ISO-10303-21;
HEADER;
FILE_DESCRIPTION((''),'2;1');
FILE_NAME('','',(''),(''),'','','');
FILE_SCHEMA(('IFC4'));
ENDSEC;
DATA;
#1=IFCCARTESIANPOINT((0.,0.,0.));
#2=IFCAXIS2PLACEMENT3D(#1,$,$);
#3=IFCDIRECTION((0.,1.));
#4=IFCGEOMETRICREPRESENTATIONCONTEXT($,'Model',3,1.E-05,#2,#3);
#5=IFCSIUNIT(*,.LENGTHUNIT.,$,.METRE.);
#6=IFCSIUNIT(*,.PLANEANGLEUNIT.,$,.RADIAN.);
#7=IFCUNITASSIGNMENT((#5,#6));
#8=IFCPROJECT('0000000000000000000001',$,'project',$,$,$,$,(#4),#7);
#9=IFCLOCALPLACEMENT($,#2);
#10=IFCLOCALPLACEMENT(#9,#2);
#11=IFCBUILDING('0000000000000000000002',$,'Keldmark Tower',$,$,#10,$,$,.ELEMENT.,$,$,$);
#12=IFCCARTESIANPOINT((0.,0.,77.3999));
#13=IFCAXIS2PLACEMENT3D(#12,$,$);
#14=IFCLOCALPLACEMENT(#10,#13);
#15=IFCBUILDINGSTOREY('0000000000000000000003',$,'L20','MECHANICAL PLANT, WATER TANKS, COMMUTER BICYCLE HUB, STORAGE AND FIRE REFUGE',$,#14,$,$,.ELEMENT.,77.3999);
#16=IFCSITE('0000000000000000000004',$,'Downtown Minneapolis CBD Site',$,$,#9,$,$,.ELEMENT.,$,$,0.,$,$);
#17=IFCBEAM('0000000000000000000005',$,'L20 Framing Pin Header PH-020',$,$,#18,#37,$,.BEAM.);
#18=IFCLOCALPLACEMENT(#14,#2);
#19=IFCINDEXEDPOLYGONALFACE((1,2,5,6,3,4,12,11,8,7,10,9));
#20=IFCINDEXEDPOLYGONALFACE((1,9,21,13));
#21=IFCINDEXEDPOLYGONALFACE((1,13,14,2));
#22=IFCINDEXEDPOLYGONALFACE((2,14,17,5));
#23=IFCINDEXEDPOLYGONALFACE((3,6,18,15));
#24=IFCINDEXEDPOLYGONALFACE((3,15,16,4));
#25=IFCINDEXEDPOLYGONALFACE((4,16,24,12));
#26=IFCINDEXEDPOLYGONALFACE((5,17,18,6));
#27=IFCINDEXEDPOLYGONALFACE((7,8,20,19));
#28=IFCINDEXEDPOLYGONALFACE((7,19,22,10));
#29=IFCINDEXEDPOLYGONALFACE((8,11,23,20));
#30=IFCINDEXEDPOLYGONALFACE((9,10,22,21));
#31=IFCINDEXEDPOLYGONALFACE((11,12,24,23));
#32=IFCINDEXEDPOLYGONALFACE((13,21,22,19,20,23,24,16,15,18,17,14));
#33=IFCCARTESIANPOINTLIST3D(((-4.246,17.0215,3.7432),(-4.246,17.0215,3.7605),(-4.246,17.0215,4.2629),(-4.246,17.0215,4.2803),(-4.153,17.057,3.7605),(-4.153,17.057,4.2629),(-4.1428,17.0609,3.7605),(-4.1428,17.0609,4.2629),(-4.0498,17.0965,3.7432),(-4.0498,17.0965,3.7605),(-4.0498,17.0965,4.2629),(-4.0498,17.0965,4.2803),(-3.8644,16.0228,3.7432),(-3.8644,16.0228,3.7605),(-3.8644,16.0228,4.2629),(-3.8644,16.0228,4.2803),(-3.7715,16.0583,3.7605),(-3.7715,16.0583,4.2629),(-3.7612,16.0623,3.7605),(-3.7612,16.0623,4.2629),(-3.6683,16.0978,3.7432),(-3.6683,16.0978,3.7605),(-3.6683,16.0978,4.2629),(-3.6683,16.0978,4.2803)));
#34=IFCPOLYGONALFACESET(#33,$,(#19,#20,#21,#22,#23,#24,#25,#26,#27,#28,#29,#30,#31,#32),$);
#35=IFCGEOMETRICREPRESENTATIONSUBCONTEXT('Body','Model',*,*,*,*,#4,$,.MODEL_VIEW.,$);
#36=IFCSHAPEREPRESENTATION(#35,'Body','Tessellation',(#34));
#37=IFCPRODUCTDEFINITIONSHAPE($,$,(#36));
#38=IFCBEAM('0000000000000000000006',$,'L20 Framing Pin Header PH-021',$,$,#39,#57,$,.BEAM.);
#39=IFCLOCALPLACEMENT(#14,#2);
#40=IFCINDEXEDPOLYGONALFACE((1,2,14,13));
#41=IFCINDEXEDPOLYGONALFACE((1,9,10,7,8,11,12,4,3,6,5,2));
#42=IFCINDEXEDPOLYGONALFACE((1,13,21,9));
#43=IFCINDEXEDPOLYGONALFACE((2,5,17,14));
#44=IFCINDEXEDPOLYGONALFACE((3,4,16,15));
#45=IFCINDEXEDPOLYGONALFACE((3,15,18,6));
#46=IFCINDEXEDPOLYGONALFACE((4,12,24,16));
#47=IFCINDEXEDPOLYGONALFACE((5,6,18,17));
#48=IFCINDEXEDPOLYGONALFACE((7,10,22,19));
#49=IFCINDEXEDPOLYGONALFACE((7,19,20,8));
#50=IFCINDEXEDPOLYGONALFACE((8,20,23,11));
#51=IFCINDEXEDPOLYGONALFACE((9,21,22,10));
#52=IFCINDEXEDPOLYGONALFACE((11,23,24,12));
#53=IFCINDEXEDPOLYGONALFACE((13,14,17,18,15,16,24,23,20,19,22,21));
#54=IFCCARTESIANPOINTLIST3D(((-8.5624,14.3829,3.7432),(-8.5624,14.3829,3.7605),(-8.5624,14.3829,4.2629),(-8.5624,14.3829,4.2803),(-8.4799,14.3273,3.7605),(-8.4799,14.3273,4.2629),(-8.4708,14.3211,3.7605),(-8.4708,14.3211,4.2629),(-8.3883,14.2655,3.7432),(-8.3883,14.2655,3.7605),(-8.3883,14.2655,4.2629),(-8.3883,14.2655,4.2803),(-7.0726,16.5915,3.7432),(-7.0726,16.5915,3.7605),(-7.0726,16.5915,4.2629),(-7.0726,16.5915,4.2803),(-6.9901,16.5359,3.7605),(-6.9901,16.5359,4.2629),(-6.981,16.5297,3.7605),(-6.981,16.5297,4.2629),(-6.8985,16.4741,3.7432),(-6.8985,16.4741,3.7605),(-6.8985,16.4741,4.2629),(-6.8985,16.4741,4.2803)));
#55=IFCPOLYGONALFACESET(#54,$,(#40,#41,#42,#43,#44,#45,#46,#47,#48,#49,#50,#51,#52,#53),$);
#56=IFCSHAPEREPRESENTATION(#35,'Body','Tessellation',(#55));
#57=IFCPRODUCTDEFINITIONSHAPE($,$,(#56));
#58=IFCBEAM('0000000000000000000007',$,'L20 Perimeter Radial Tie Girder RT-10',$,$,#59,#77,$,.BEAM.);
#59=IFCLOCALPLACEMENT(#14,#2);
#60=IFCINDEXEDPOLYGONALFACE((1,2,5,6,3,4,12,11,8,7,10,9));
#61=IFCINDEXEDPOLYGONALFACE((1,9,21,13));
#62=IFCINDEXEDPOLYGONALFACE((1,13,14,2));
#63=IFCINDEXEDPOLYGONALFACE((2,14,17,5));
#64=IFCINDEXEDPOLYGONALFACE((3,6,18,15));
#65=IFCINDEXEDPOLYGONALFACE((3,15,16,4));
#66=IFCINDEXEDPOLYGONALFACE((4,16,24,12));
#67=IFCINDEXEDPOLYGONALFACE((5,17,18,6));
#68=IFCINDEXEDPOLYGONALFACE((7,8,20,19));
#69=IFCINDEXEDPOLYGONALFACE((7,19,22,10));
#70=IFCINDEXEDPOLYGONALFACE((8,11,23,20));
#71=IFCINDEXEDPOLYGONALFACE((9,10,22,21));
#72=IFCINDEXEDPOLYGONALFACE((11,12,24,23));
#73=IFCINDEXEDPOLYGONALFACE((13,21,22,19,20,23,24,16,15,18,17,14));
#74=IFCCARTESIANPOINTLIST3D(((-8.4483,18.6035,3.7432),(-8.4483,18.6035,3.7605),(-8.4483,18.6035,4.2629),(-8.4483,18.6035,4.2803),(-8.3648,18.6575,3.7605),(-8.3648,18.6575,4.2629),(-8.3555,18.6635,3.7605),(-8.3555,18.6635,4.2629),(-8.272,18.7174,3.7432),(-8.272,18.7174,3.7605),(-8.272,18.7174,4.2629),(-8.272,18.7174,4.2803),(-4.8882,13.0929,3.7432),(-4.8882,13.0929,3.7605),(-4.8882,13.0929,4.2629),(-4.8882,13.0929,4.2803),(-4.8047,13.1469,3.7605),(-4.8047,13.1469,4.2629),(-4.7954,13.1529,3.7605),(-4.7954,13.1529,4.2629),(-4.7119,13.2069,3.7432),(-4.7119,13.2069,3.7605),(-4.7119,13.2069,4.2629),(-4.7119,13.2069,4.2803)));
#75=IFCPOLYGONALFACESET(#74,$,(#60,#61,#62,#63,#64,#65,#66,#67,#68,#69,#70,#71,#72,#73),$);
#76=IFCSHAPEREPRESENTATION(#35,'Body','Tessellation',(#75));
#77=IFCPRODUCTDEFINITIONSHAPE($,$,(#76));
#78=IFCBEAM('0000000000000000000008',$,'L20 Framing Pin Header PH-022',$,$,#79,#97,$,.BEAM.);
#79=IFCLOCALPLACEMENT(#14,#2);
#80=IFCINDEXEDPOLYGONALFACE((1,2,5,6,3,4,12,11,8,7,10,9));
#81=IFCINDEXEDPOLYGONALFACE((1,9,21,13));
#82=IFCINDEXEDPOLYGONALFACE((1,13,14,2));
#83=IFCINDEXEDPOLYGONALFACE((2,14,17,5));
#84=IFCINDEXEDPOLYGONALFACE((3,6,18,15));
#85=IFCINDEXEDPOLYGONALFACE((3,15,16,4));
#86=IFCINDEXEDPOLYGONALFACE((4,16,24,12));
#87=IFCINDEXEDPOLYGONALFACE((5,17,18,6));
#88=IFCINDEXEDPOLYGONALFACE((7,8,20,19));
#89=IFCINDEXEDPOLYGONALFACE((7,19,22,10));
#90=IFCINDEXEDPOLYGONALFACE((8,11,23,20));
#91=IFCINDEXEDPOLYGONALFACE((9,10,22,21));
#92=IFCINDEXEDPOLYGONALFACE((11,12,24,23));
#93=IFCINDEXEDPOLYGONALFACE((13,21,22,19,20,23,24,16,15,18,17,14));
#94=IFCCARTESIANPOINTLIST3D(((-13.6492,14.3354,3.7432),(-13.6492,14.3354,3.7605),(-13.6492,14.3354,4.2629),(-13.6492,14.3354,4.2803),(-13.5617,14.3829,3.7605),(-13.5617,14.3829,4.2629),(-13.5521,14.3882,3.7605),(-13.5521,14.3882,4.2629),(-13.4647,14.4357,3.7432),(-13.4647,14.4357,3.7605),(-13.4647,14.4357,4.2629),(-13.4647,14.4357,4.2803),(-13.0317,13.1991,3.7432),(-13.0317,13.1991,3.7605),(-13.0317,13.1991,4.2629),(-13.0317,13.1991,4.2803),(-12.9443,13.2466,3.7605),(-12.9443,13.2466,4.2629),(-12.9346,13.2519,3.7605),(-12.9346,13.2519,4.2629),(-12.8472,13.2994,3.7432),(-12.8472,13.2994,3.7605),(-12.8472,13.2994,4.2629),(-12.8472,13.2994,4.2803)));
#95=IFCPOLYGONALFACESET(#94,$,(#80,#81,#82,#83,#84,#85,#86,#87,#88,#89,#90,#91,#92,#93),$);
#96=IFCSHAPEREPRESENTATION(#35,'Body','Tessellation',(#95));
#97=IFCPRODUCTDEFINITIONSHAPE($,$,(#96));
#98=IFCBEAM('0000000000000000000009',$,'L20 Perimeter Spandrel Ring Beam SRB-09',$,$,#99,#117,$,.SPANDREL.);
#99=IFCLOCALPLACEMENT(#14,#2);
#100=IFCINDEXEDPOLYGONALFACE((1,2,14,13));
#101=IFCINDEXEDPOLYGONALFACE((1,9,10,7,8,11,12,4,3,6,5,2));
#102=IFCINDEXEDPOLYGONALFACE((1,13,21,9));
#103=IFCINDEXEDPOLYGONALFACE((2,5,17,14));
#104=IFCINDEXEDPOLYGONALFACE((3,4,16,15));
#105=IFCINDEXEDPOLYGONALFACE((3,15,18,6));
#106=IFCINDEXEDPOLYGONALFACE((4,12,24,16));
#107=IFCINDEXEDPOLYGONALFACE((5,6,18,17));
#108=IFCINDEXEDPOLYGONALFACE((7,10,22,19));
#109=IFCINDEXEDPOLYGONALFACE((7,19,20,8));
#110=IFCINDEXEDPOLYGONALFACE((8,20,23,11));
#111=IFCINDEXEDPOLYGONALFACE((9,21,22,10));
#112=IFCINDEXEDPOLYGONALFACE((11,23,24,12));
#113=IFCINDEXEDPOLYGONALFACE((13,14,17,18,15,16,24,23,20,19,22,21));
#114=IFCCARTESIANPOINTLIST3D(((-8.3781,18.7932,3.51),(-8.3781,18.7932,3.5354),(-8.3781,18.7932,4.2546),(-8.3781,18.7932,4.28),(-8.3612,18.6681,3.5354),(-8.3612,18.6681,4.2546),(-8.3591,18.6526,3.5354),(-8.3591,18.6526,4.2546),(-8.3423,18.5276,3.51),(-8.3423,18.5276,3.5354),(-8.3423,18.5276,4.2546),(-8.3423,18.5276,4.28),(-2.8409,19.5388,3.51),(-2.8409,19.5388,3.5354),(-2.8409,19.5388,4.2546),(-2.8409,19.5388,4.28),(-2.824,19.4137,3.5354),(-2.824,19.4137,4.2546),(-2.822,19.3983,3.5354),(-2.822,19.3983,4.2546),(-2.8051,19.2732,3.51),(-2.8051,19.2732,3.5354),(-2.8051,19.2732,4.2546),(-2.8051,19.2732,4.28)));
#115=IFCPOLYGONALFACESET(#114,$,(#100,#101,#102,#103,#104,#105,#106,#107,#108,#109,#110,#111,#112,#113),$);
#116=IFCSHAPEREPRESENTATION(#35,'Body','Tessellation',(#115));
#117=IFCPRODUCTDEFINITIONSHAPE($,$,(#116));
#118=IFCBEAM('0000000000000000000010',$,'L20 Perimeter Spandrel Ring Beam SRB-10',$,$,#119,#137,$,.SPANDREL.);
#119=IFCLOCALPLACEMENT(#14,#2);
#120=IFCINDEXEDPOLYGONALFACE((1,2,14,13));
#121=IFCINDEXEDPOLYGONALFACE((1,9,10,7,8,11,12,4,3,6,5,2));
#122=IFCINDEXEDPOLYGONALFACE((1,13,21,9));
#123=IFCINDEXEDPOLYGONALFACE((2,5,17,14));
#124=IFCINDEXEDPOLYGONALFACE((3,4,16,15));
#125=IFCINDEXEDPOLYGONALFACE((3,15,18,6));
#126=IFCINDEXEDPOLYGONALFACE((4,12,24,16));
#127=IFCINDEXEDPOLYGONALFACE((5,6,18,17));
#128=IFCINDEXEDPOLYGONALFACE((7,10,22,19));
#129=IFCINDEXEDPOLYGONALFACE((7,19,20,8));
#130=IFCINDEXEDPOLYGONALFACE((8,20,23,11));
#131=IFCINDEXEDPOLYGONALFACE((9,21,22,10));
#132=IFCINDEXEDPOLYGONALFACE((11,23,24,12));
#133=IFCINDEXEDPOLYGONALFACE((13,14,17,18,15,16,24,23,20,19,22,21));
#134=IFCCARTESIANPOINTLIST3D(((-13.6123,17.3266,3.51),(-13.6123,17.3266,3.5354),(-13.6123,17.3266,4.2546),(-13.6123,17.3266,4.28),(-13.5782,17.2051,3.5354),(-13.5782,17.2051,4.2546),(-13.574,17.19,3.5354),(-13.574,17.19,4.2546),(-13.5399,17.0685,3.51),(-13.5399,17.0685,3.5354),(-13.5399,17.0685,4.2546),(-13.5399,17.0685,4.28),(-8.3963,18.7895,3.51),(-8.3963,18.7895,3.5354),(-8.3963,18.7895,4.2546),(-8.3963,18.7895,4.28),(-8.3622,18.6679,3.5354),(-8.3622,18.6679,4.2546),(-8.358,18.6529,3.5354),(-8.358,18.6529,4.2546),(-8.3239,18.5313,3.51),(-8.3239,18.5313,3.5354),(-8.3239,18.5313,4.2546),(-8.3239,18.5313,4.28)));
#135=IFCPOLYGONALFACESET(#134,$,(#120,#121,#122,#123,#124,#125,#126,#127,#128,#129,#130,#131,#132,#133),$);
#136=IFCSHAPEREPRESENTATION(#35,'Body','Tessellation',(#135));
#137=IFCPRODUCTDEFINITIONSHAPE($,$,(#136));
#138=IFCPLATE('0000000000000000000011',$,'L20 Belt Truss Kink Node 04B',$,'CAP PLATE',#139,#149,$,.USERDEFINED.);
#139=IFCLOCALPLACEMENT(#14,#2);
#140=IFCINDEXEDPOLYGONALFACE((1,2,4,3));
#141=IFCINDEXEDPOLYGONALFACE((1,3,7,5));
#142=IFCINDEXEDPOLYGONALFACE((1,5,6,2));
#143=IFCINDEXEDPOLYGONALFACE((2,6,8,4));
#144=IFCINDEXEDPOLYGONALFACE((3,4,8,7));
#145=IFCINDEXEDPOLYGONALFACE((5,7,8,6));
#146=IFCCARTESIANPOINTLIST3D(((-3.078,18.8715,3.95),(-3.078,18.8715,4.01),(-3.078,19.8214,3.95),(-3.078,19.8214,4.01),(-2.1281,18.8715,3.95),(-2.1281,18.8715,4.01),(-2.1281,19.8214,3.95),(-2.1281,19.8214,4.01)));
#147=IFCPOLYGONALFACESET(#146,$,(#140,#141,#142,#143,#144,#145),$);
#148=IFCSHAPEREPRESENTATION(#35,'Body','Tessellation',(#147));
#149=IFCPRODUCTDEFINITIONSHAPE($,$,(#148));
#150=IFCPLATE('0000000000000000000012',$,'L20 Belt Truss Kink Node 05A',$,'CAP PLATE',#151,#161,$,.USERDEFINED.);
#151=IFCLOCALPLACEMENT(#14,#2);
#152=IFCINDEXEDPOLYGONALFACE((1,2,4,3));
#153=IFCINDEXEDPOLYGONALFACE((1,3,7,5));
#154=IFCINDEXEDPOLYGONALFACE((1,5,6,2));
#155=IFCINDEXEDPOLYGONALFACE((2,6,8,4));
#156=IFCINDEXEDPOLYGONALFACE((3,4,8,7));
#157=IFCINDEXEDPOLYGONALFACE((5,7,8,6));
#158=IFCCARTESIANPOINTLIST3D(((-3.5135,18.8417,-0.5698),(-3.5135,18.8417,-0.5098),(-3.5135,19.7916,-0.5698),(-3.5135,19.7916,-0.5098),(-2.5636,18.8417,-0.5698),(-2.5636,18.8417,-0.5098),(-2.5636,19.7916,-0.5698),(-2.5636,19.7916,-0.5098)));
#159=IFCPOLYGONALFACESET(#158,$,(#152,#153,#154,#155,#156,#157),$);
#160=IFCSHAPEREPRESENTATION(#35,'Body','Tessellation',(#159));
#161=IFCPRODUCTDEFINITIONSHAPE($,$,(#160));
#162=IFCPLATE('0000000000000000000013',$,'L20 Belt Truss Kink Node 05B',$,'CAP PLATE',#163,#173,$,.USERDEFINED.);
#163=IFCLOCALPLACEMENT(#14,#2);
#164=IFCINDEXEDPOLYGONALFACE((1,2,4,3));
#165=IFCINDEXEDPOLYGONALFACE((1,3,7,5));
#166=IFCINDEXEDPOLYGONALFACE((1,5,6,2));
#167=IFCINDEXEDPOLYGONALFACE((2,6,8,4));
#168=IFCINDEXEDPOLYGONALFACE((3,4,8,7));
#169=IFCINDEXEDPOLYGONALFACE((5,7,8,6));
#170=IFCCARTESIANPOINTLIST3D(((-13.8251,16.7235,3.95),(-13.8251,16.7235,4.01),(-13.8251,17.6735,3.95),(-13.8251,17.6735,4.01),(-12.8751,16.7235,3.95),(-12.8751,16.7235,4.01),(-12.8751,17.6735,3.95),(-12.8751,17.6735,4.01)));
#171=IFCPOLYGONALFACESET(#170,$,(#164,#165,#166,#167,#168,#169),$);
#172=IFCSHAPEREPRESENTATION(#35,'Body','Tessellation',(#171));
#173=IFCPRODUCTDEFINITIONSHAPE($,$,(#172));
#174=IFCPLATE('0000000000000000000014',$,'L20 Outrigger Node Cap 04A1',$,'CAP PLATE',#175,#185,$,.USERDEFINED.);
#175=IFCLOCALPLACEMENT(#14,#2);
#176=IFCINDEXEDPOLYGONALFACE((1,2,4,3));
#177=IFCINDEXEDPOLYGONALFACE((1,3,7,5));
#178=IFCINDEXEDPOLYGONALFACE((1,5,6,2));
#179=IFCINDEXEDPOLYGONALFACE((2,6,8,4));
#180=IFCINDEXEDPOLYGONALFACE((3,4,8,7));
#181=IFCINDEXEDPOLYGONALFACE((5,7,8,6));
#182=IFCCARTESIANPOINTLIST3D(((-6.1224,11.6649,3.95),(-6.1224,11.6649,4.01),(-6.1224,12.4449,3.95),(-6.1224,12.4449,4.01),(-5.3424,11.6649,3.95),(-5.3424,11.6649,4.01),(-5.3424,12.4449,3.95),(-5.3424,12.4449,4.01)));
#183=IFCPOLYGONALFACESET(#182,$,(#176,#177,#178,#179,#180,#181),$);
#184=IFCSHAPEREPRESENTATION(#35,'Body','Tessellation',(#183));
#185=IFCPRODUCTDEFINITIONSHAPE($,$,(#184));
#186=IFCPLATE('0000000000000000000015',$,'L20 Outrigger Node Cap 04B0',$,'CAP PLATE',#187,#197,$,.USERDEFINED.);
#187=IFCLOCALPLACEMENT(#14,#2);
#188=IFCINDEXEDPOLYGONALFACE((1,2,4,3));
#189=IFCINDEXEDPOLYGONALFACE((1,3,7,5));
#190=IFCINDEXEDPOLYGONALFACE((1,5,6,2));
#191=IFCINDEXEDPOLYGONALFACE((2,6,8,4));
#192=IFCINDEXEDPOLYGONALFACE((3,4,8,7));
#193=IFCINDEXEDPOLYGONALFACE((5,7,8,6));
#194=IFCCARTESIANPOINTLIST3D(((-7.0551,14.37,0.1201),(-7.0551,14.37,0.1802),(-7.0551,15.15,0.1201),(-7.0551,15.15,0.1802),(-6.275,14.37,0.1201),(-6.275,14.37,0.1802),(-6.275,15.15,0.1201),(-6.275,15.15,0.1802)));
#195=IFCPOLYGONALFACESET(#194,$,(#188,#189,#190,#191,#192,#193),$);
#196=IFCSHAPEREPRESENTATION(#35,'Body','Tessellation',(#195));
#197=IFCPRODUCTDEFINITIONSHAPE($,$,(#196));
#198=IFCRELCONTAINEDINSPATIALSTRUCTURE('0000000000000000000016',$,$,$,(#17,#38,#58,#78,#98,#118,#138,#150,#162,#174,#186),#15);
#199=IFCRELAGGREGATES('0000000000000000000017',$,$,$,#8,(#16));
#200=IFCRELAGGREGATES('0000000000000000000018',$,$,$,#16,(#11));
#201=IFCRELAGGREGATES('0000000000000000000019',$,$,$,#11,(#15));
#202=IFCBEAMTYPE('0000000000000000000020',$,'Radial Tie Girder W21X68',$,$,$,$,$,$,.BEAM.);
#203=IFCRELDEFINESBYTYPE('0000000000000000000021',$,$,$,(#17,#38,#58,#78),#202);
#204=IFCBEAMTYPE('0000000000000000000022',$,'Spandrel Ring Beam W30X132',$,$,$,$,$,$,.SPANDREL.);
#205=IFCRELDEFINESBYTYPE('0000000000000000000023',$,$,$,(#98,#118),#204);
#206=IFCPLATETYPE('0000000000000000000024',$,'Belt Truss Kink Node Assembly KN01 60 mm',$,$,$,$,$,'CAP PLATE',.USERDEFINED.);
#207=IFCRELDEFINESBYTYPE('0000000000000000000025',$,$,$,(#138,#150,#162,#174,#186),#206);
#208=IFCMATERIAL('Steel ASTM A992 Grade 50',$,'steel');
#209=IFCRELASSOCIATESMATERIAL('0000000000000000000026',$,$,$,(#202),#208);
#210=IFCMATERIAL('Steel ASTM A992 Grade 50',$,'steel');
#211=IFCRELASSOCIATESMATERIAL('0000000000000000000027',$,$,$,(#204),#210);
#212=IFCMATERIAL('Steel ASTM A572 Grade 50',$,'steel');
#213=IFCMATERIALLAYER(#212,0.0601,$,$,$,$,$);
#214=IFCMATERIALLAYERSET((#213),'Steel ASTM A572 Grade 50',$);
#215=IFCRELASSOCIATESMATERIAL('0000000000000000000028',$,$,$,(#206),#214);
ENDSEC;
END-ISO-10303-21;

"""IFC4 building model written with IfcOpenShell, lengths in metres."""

from ifc_helpers import new_model, si_unit, direction, frame, origin, origin_2d, place, context, subcontext, project, spatial, rectangle, i_section, extrude, material, layer, layer_set, material_profile, profile_set, type_object, element, save


model = new_model("IFC4")

# Units and contexts
model_context = context("Model", 3, precision=1e-05, world=origin(), true_north=direction((0.0, 1.0)))
body_context = subcontext(model_context, "Body", "Model", "MODEL_VIEW")
ifc_project = project(units=[si_unit("LENGTHUNIT", "METRE"), si_unit("PLANEANGLEUNIT", "RADIAN")], contexts=[model_context])

# Site, building, storey
site_placement = place(None, origin())
site = spatial("IfcSite", under=ifc_project, at=site_placement, Name="Downtown Minneapolis CBD Site", CompositionType="ELEMENT", RefElevation=0.0)
building_placement = place(site_placement, origin())
building = spatial("IfcBuilding", under=site, at=building_placement, Name="Keldmark Tower", CompositionType="ELEMENT")
storey_placement = place(building_placement, frame((0.0, 0.0, 77.3999)))
storey = spatial("IfcBuildingStorey", under=building, at=storey_placement, Name="L20", Description="MECHANICAL PLANT, WATER TANKS, COMMUTER BICYCLE HUB, STORAGE AND FIRE REFUGE", CompositionType="ELEMENT", Elevation=77.3999)

# Beams
ifc_material_1 = material(Name="Steel ASTM A992 Grade 50", Category="steel")
ifc_material_profile_1 = material_profile(ifc_material_1, i_section(OverallWidth=0.21, OverallDepth=0.5371, WebThickness=0.011, FlangeThickness=0.0173, at=origin_2d()), Name="W21X68")
ifc_profile_set_1 = profile_set([ifc_material_profile_1], Name="Steel ASTM A992 Grade 50")
beam_type_1 = type_object("IfcBeamType", Name="Radial Tie Girder W21X68", PredefinedType="BEAM", material=ifc_profile_set_1)
beam_1_placement = place(storey_placement, frame((-3.7664, 16.0603, 4.0117), z_axis=(-0.356897, 0.934144, 0.0), x_axis=(-0.934144, -0.356897, 0.0)))
element("IfcBeam", 1, at=beam_1_placement, inside=storey, type_object=beam_type_1, Name="L20 Framing Pin Header PH-020", PredefinedType="BEAM", context=body_context, shape_type="SweptSolid", body=[
    extrude(i_section(OverallWidth=0.21, OverallDepth=0.5371, WebThickness=0.011, FlangeThickness=0.0173, at=origin_2d()), origin(), (0.0, 0.0, 1.0), 1.0691),
])
beam_2_placement = place(storey_placement, frame((-8.4753, 14.3242, 4.0117), z_axis=(0.559218, 0.829021, 0.0), x_axis=(-0.829021, 0.559218, 0.0)))
element("IfcBeam", 2, at=beam_2_placement, inside=storey, type_object=beam_type_1, Name="L20 Framing Pin Header PH-021", PredefinedType="BEAM", context=body_context, shape_type="SweptSolid", body=[
    extrude(i_section(OverallWidth=0.21, OverallDepth=0.5371, WebThickness=0.011, FlangeThickness=0.0173, at=origin_2d()), origin(), (0.0, 0.0, 1.0), 2.6641),
])
beam_3_placement = place(storey_placement, frame((-4.8, 13.1499, 4.0117), z_axis=(-0.542654, 0.839956, 0.0), x_axis=(-0.839956, -0.542654, 0.0)))
element("IfcBeam", 3, at=beam_3_placement, inside=storey, type_object=beam_type_1, Name="L20 Perimeter Radial Tie Girder RT-10", PredefinedType="BEAM", context=body_context, shape_type="SweptSolid", body=[
    extrude(i_section(OverallWidth=0.21, OverallDepth=0.5371, WebThickness=0.011, FlangeThickness=0.0173, at=origin_2d()), origin(), (0.0, 0.0, 1.0), 6.5605),
])
beam_4_placement = place(storey_placement, frame((-12.9395, 13.2493, 4.0117), z_axis=(-0.477463, 0.878652, 0.0), x_axis=(-0.878652, -0.477463, 0.0)))
element("IfcBeam", 4, at=beam_4_placement, inside=storey, type_object=beam_type_1, Name="L20 Framing Pin Header PH-022", PredefinedType="BEAM", context=body_context, shape_type="SweptSolid", body=[
    extrude(i_section(OverallWidth=0.21, OverallDepth=0.5371, WebThickness=0.011, FlangeThickness=0.0173, at=origin_2d()), origin(), (0.0, 0.0, 1.0), 1.2932),
])
ifc_material_2 = material(Name="Steel ASTM A992 Grade 50", Category="steel")
ifc_material_profile_2 = material_profile(ifc_material_2, i_section(OverallWidth=0.2681, OverallDepth=0.77, WebThickness=0.0156, FlangeThickness=0.0254, at=origin_2d()), Name="W30X132")
ifc_profile_set_2 = profile_set([ifc_material_profile_2], Name="Steel ASTM A992 Grade 50")
beam_type_2 = type_object("IfcBeamType", Name="Spandrel Ring Beam W30X132", PredefinedType="SPANDREL", material=ifc_profile_set_2)
beam_5_placement = place(storey_placement, frame((-2.823, 19.406, 3.895), z_axis=(-0.991055, -0.133452, 0.0), x_axis=(0.133452, -0.991055, 0.0)))
element("IfcBeam", 5, at=beam_5_placement, inside=storey, type_object=beam_type_2, Name="L20 Perimeter Spandrel Ring Beam SRB-09", PredefinedType="SPANDREL", context=body_context, shape_type="SweptSolid", body=[
    extrude(i_section(OverallWidth=0.2681, OverallDepth=0.77, WebThickness=0.0156, FlangeThickness=0.0254, at=origin_2d()), origin(), (0.0, 0.0, 1.0), 5.5872),
])
beam_6_placement = place(storey_placement, frame((-8.3601, 18.6604, 3.895), z_axis=(-0.962849, -0.270039, 0.0), x_axis=(0.270039, -0.962849, 0.0)))
element("IfcBeam", 6, at=beam_6_placement, inside=storey, type_object=beam_type_2, Name="L20 Perimeter Spandrel Ring Beam SRB-10", PredefinedType="SPANDREL", context=body_context, shape_type="SweptSolid", body=[
    extrude(i_section(OverallWidth=0.2681, OverallDepth=0.77, WebThickness=0.0156, FlangeThickness=0.0254, at=origin_2d()), origin(), (0.0, 0.0, 1.0), 5.4172),
])

# Plates
ifc_material_3 = material(Name="Steel ASTM A572 Grade 50", Category="steel")
ifc_layer_1 = layer(ifc_material_3, 0.0601)
ifc_layer_set_1 = layer_set([ifc_layer_1], Name="Steel ASTM A572 Grade 50")
plate_type_1 = type_object("IfcPlateType", Name="Belt Truss Kink Node Assembly KN01 60 mm", ElementType="CAP PLATE", PredefinedType="USERDEFINED", material=ifc_layer_set_1)
for number, where, z_axis, x_axis, name in (
    (7, (-2.603, 19.3464, 3.95), (0.0, 0.0, 1.0), (1.0, 0.0, 0.0), "L20 Belt Truss Kink Node 04B"),
    (8, (-3.0386, 19.3167, -0.5698), (0.0, 0.0, 1.0), (1.0, 0.0, 0.0), "L20 Belt Truss Kink Node 05A"),
    (9, (-13.3501, 17.1985, 3.95), (0.0, 0.0, 1.0), (1.0, 0.0, 0.0), "L20 Belt Truss Kink Node 05B"),
):
    element("IfcPlate", number, at=place(storey_placement, frame(where, z_axis=z_axis, x_axis=x_axis)), inside=storey, type_object=plate_type_1, Name=name, ObjectType="CAP PLATE", PredefinedType="USERDEFINED", context=body_context, shape_type="SweptSolid", body=[
        extrude(rectangle(XDim=0.95, YDim=0.95, at=origin_2d()), origin(), (0.0, 0.0, 1.0), 0.0601),
    ])
for number, where, z_axis, x_axis, name in (
    (10, (-5.7324, 12.0549, 3.95), (0.0, 0.0, 1.0), (1.0, 0.0, 0.0), "L20 Outrigger Node Cap 04A1"),
    (11, (-6.665, 14.76, 0.1201), (0.0, 0.0, 1.0), (1.0, 0.0, 0.0), "L20 Outrigger Node Cap 04B0"),
):
    element("IfcPlate", number, at=place(storey_placement, frame(where, z_axis=z_axis, x_axis=x_axis)), inside=storey, type_object=plate_type_1, Name=name, ObjectType="CAP PLATE", PredefinedType="USERDEFINED", context=body_context, shape_type="SweptSolid", body=[
        extrude(rectangle(XDim=0.78, YDim=0.78, at=origin_2d()), origin(), (0.0, 0.0, 1.0), 0.0601),
    ])

save(model, "model.ifc")
